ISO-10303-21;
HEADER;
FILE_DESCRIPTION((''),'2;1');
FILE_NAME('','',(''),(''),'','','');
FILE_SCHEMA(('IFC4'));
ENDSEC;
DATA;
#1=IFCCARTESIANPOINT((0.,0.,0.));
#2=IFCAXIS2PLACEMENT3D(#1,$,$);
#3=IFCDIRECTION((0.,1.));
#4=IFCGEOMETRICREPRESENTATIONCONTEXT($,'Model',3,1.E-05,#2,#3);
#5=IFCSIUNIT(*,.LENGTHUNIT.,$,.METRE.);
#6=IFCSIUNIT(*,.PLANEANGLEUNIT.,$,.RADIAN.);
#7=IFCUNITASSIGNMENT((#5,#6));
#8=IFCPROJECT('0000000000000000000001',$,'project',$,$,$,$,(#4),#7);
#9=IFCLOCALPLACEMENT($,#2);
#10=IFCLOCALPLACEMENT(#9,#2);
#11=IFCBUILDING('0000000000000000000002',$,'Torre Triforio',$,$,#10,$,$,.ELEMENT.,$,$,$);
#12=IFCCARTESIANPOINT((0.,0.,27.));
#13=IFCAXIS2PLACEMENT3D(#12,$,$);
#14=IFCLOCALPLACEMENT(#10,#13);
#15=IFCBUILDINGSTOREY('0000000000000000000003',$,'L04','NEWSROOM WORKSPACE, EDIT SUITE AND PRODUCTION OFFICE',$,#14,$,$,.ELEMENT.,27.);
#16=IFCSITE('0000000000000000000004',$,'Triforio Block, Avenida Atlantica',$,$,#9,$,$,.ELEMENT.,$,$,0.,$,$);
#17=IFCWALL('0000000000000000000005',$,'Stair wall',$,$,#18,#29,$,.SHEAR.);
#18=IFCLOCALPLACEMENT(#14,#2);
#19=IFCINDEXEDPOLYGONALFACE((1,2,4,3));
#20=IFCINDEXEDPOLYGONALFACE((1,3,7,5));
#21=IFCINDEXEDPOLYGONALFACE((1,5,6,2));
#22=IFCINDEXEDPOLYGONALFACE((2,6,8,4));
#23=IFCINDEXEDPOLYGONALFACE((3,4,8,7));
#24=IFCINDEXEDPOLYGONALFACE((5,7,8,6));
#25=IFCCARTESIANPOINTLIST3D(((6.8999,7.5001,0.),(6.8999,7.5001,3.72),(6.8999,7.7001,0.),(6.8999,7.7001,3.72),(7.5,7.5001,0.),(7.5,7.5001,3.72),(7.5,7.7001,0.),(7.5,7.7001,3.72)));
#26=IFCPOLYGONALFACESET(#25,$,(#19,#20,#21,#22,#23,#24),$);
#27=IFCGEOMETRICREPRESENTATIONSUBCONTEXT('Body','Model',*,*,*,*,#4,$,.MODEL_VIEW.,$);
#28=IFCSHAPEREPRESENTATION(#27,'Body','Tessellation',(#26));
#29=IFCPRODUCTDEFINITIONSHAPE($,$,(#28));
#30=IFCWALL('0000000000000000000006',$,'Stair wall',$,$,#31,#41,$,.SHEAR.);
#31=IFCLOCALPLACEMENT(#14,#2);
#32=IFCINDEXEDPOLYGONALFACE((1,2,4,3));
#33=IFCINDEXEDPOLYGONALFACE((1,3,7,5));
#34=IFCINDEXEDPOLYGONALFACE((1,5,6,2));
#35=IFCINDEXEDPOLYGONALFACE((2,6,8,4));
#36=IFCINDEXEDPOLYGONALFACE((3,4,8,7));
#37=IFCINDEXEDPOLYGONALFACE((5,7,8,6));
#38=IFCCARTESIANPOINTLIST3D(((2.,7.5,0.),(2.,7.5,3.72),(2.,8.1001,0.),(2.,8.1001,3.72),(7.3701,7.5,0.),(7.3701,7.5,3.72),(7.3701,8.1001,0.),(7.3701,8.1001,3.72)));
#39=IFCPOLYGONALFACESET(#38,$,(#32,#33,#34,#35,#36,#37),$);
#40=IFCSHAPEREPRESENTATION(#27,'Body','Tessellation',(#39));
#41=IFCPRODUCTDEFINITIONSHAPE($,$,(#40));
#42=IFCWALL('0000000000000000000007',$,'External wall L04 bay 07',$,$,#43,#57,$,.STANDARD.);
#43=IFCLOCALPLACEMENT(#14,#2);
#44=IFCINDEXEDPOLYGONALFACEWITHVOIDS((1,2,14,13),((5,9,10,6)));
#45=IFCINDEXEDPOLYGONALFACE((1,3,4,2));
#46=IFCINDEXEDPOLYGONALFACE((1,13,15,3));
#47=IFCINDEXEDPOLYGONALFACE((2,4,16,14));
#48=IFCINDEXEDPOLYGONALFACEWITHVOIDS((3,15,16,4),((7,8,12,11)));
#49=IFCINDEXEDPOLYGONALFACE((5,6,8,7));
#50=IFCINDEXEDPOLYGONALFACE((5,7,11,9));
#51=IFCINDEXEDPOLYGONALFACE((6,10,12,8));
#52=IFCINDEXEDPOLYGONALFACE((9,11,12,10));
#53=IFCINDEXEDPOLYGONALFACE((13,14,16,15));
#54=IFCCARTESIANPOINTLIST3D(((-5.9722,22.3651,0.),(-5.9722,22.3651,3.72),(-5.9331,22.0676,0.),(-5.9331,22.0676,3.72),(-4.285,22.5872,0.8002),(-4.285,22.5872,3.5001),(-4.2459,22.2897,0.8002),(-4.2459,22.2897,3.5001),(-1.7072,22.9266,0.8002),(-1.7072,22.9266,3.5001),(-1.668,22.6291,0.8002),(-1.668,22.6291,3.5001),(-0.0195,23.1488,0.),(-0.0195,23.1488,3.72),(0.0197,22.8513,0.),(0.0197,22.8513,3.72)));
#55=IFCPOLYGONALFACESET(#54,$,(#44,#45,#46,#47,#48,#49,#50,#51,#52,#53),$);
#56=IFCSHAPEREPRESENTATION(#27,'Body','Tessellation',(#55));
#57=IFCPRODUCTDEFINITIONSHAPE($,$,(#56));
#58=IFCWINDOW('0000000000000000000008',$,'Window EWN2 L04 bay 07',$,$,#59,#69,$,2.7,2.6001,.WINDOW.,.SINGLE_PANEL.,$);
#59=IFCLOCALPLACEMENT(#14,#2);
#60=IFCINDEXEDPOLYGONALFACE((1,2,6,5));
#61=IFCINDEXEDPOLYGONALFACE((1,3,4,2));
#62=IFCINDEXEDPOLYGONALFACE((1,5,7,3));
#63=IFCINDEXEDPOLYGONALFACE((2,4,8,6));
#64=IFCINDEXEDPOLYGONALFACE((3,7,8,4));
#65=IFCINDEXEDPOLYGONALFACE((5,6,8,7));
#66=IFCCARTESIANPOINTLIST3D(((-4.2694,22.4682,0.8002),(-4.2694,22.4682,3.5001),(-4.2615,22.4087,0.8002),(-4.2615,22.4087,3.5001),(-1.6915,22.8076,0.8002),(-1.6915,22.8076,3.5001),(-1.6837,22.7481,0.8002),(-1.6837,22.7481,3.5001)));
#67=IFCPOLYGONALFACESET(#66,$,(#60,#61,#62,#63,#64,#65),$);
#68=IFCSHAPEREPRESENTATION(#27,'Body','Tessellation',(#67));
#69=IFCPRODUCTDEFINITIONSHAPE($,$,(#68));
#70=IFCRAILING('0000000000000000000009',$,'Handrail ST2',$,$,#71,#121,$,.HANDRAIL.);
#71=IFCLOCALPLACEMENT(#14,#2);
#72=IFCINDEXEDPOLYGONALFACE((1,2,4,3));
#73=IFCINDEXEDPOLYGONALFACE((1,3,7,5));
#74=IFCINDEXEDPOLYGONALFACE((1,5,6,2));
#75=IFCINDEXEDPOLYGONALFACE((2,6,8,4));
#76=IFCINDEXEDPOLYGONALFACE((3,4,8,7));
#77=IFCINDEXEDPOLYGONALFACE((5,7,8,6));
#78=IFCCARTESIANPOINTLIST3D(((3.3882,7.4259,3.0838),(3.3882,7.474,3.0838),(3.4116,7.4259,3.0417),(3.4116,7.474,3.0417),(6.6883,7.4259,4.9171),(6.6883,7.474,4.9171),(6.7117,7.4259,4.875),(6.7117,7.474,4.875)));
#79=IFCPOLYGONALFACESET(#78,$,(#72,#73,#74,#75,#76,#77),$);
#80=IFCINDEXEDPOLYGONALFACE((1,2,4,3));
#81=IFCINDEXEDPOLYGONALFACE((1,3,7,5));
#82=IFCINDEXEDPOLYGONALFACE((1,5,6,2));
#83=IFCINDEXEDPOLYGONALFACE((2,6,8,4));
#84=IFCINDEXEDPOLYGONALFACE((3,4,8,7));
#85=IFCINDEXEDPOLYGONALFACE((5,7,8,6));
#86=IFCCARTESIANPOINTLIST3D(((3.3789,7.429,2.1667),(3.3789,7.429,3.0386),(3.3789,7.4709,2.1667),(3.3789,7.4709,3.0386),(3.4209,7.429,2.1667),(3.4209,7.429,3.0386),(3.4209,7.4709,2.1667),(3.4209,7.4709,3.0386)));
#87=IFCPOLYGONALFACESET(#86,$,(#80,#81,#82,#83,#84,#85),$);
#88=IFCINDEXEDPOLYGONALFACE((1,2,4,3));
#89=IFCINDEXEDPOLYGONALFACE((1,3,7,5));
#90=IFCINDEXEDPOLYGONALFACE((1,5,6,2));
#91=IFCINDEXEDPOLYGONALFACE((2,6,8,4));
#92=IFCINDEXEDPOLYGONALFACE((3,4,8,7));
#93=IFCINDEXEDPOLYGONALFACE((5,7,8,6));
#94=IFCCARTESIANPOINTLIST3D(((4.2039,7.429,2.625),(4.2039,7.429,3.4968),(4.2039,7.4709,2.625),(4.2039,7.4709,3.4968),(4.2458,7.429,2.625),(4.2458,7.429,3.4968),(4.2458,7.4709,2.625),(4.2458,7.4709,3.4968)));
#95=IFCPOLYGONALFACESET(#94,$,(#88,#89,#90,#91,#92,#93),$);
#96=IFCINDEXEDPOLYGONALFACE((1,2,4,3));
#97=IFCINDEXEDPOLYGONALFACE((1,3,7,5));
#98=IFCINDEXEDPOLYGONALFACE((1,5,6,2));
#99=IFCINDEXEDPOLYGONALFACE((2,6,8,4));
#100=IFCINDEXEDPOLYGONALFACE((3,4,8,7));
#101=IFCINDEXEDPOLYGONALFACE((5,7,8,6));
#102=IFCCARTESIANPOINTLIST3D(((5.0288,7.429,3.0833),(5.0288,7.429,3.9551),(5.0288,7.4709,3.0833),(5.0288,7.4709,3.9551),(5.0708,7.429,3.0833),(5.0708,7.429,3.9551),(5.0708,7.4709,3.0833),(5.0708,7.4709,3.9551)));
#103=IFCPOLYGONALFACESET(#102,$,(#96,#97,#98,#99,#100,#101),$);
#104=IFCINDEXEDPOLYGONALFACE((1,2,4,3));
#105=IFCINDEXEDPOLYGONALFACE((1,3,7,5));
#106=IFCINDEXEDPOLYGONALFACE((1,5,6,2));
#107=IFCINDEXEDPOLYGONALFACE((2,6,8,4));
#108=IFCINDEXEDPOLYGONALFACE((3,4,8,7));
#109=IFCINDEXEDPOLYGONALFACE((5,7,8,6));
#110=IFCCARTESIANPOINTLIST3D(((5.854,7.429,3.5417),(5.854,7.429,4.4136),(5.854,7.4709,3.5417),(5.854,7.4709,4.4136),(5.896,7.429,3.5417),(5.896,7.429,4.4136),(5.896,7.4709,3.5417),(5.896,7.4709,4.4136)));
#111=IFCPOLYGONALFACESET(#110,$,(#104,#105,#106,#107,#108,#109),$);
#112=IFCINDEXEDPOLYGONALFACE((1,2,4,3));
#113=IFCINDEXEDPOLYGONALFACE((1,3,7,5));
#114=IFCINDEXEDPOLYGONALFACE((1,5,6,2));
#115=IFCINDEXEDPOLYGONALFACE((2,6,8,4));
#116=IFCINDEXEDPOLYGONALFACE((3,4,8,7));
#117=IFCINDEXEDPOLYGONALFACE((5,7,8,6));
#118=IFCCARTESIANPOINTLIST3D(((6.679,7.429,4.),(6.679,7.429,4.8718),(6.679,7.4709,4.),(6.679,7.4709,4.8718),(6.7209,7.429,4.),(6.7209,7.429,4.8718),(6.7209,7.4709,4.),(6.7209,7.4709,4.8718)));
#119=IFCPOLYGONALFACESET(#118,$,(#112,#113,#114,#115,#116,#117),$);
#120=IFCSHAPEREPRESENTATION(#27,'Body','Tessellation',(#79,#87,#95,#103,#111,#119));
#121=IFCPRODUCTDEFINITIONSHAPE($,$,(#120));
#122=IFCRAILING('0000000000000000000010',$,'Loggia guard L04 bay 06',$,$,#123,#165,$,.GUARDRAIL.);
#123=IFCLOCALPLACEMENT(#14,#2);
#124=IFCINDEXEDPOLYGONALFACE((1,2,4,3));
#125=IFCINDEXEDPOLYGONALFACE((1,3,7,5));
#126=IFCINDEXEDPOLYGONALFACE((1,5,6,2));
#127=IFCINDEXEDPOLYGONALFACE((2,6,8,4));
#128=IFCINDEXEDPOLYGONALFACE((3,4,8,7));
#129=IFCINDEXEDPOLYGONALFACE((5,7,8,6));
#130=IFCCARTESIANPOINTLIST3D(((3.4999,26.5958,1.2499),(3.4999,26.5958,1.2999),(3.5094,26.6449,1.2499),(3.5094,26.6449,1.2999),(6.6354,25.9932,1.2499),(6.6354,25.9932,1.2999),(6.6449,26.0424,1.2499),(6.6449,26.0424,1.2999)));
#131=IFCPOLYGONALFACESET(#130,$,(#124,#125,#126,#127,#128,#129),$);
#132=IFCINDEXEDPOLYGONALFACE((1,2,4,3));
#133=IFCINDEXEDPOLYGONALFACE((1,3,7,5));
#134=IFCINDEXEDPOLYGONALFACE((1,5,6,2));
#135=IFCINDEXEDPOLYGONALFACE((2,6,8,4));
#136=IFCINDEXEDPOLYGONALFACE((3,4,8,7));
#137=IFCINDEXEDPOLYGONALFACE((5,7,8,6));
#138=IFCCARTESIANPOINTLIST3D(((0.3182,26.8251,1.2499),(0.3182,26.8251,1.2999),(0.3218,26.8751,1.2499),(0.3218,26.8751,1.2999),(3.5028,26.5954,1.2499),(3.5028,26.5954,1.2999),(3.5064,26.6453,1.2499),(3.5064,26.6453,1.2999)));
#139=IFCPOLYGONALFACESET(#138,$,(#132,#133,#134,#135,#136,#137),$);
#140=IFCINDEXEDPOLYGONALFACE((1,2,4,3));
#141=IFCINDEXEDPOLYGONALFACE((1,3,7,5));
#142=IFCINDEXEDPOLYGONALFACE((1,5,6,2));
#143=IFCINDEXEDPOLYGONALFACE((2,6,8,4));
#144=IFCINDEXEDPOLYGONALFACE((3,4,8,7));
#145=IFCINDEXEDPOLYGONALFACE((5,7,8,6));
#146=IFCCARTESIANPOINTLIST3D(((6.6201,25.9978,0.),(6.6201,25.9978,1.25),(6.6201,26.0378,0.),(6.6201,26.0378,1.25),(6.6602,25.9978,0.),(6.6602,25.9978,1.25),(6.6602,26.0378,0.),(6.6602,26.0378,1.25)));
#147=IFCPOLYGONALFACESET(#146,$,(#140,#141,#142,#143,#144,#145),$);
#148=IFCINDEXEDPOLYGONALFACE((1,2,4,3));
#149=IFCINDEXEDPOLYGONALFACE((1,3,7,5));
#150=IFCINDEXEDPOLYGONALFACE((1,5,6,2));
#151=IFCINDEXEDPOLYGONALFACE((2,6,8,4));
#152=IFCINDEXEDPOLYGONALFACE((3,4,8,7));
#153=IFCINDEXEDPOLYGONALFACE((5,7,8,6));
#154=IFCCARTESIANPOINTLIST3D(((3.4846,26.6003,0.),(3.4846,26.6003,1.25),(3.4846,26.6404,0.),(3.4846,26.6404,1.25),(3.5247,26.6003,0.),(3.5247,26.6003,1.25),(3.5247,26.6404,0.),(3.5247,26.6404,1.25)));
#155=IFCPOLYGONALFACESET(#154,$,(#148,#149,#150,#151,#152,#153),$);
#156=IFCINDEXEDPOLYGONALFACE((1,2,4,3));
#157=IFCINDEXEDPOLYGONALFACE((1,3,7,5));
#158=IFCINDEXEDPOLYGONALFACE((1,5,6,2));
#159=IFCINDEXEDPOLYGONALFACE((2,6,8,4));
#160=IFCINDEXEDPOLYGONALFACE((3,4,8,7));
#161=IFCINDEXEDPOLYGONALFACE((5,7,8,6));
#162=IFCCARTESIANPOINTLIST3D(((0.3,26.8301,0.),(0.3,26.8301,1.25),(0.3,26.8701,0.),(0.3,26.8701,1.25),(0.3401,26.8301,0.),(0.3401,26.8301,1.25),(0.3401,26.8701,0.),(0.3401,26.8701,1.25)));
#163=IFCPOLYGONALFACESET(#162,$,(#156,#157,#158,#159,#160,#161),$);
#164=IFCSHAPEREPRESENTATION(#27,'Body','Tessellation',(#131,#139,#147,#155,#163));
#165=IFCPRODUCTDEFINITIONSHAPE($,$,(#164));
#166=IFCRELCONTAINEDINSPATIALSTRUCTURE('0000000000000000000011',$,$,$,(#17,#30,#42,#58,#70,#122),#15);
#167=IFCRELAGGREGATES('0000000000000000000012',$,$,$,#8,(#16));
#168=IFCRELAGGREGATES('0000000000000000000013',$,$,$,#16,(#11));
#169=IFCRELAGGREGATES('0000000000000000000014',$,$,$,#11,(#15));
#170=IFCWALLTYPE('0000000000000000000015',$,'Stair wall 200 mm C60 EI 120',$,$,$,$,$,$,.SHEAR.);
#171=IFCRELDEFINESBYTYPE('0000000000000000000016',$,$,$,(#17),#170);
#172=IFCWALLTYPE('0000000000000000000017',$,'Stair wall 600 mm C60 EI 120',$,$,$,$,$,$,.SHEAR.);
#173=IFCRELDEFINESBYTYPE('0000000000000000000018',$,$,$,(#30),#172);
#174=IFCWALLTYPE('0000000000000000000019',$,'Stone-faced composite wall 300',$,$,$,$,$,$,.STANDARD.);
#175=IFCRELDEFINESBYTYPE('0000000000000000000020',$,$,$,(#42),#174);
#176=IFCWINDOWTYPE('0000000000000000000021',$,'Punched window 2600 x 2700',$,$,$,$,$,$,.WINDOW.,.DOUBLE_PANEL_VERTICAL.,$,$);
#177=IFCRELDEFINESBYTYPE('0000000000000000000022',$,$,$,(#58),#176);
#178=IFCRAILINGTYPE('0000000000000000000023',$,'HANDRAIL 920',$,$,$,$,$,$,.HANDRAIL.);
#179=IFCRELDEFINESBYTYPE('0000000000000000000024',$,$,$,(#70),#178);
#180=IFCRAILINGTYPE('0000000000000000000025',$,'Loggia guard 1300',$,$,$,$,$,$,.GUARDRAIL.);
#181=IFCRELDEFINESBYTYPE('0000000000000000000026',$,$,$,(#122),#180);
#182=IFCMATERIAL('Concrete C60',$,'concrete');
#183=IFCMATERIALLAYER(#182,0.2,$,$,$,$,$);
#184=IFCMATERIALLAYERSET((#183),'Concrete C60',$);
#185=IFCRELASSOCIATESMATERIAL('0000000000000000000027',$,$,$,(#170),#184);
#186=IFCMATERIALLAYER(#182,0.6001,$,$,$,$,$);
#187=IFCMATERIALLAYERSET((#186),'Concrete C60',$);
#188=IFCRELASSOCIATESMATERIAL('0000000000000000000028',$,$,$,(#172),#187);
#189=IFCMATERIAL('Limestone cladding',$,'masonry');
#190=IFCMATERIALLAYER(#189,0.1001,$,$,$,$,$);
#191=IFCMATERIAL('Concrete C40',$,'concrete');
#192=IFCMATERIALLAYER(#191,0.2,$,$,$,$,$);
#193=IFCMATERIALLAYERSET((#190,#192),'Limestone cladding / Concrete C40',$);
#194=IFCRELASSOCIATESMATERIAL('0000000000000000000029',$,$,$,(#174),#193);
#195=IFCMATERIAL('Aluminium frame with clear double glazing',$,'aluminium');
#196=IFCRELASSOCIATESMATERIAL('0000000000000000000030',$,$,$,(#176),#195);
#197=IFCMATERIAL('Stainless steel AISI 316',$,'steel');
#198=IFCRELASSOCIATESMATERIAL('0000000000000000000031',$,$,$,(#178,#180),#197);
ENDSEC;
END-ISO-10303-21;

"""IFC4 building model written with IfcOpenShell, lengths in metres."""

from ifc_helpers import new_model, si_unit, direction, frame, frame_2d, origin, origin_2d, place, context, subcontext, project, spatial, rectangle, extrude, material, layer, layer_set, type_object, element, fill, save


model = new_model("IFC4")

# Units and contexts
model_context = context("Model", 3, precision=1e-05, world=origin(), true_north=direction((0.0, 1.0)))
body_context = subcontext(model_context, "Body", "Model", "MODEL_VIEW")
ifc_project = project(units=[si_unit("LENGTHUNIT", "METRE"), si_unit("PLANEANGLEUNIT", "RADIAN")], contexts=[model_context])

# Site, building, storey
site_placement = place(None, origin())
site = spatial("IfcSite", under=ifc_project, at=site_placement, Name="Triforio Block, Avenida Atlantica", CompositionType="ELEMENT", RefElevation=0.0)
building_placement = place(site_placement, origin())
building = spatial("IfcBuilding", under=site, at=building_placement, Name="Torre Triforio", CompositionType="ELEMENT")
storey_placement = place(building_placement, frame((0.0, 0.0, 27.0)))
storey = spatial("IfcBuildingStorey", under=building, at=storey_placement, Name="L04", Description="NEWSROOM WORKSPACE, EDIT SUITE AND PRODUCTION OFFICE", CompositionType="ELEMENT", Elevation=27.0)

# Shared definitions
ifc_material_1 = material(Name="Concrete C60", Category="concrete")

# Walls
ifc_layer_1 = layer(ifc_material_1, 0.2)
ifc_layer_set_1 = layer_set([ifc_layer_1], Name="Concrete C60")
wall_type_1 = type_object("IfcWallType", Name="Stair wall 200 mm C60 EI 120", PredefinedType="SHEAR", material=ifc_layer_set_1)
wall_1_placement = place(storey_placement, frame((6.8999, 7.6001, 0.0), z_axis=(0.0, 0.0, 1.0), x_axis=(1.0, 0.0, 0.0)))
element("IfcWall", 1, at=wall_1_placement, inside=storey, type_object=wall_type_1, Name="Stair wall", PredefinedType="SHEAR", context=body_context, shape_type="SweptSolid", body=[
    extrude(rectangle(XDim=0.6001, YDim=0.2, at=frame_2d((0.3, 0.0))), origin(), (0.0, 0.0, 1.0), 3.72),
])
ifc_layer_2 = layer(ifc_material_1, 0.6001)
ifc_layer_set_2 = layer_set([ifc_layer_2], Name="Concrete C60")
wall_type_2 = type_object("IfcWallType", Name="Stair wall 600 mm C60 EI 120", PredefinedType="SHEAR", material=ifc_layer_set_2)
wall_2_placement = place(storey_placement, frame((2.0, 7.8, 0.0), z_axis=(0.0, 0.0, 1.0), x_axis=(1.0, 0.0, 0.0)))
element("IfcWall", 2, at=wall_2_placement, inside=storey, type_object=wall_type_2, Name="Stair wall", PredefinedType="SHEAR", context=body_context, shape_type="SweptSolid", body=[
    extrude(rectangle(XDim=5.3701, YDim=0.6001, at=frame_2d((2.6851, 0.0))), origin(), (0.0, 0.0, 1.0), 3.72),
])

# Shared definitions
ifc_material_2 = material(Name="Limestone cladding", Category="masonry")
ifc_layer_3 = layer(ifc_material_2, 0.1001)
ifc_material_3 = material(Name="Concrete C40", Category="concrete")
ifc_layer_4 = layer(ifc_material_3, 0.2)
ifc_layer_set_3 = layer_set([ifc_layer_3, ifc_layer_4], Name="Limestone cladding / Concrete C40")
wall_type_3 = type_object("IfcWallType", Name="Stone-faced composite wall 300", PredefinedType="STANDARD", material=ifc_layer_set_3)
ifc_material_4 = material(Name="Aluminium frame with clear double glazing", Category="aluminium")

# Wall, opening, window
wall_3_placement = place(storey_placement, frame((0.0, 23.0, 0.0), z_axis=(0.0, 0.0, 1.0), x_axis=(-0.991445, -0.130523, 0.0)))
wall_3 = element("IfcWall", 3, at=wall_3_placement, inside=storey, type_object=wall_type_3, Name="External wall L04 bay 07", PredefinedType="STANDARD", context=body_context, shape_type="SweptSolid", body=[
    extrude(rectangle(XDim=6.0042, YDim=0.3, at=frame_2d((3.002, 0.0))), origin(), (0.0, 0.0, 1.0), 3.72),
])
opening_1_placement = place(wall_3_placement, frame((1.7021, 0.0, 0.8)))
opening_1 = element("IfcOpeningElement", 4, at=opening_1_placement, cuts=wall_3, PredefinedType="OPENING", context=body_context, shape_type="SweptSolid", body=[
    extrude(rectangle(XDim=2.6001, YDim=2.7, at=frame_2d((1.3, 1.3501))), frame((0.0, 0.1599, 0.0), z_axis=(0.0, -1.0, 0.0), x_axis=(1.0, 0.0, 0.0)), (0.0, 0.0, 1.0), 0.3201),
])
window_type_1 = type_object("IfcWindowType", Name="Punched window 2600 x 2700", PartitioningType="DOUBLE_PANEL_VERTICAL", PredefinedType="WINDOW", material=ifc_material_4)
window_1_placement = place(opening_1_placement, origin())
window_1 = element("IfcWindow", 5, at=window_1_placement, inside=storey, type_object=window_type_1, Name="Window EWN2 L04 bay 07", OverallHeight=2.7, OverallWidth=2.6001, PartitioningType="SINGLE_PANEL", PredefinedType="WINDOW", context=body_context, shape_type="SweptSolid", body=[
    extrude(rectangle(XDim=2.6001, YDim=2.7, at=frame_2d((1.3, 1.3501))), frame((0.0, 0.03, 0.0), z_axis=(0.0, -1.0, 0.0), x_axis=(1.0, 0.0, 0.0)), (0.0, 0.0, 1.0), 0.0601),
])
fill(opening_1, window_1)

# Railings
ifc_material_5 = material(Name="Stainless steel AISI 316", Category="steel")
railing_type_1 = type_object("IfcRailingType", Name="HANDRAIL 920", PredefinedType="HANDRAIL", material=ifc_material_5)
railing_1_placement = place(storey_placement, frame((3.3999, 7.45, 2.1667)))
element("IfcRailing", 6, at=railing_1_placement, inside=storey, type_object=railing_type_1, Name="Handrail ST2", PredefinedType="HANDRAIL", context=body_context, shape_type="SweptSolid", body=[
    extrude(rectangle(XDim=0.0481, YDim=0.0481, at=origin_2d()), frame((0.0, 0.0, 0.896), z_axis=(0.874169, 0.0, 0.485621), x_axis=(0.0, 1.0, 0.0)), (0.0, 0.0, 1.0), 3.7751),
    extrude(rectangle(XDim=0.042, YDim=0.042, at=origin_2d()), origin(), (0.0, 0.0, 1.0), 0.8718),
    extrude(rectangle(XDim=0.042, YDim=0.042, at=origin_2d()), frame((0.825, 0.0, 0.4583)), (0.0, 0.0, 1.0), 0.8718),
    extrude(rectangle(XDim=0.042, YDim=0.042, at=origin_2d()), frame((1.6499, 0.0, 0.9165)), (0.0, 0.0, 1.0), 0.8718),
    extrude(rectangle(XDim=0.042, YDim=0.042, at=origin_2d()), frame((2.4751, 0.0, 1.375)), (0.0, 0.0, 1.0), 0.8718),
    extrude(rectangle(XDim=0.042, YDim=0.042, at=origin_2d()), frame((3.3, 0.0, 1.8333)), (0.0, 0.0, 1.0), 0.8718),
])
railing_type_2 = type_object("IfcRailingType", Name="Loggia guard 1300", PredefinedType="GUARDRAIL", material=ifc_material_5)
railing_2_placement = place(storey_placement, frame((6.6401, 26.0178, 0.0)))
element("IfcRailing", 7, at=railing_2_placement, inside=storey, type_object=railing_type_2, Name="Loggia guard L04 bay 06", PredefinedType="GUARDRAIL", context=body_context, shape_type="SweptSolid", body=[
    extrude(rectangle(XDim=0.05, YDim=0.05, at=origin_2d()), frame((0.0, 0.0, 1.2749), z_axis=(-0.982032, 0.188714, 0.0), x_axis=(-0.188714, -0.982032, 0.0)), (0.0, 0.0, 1.0), 3.1929),
    extrude(rectangle(XDim=0.05, YDim=0.05, at=origin_2d()), frame((-3.1355, 0.6025, 1.2749), z_axis=(-0.997408, 0.071953, 0.0), x_axis=(-0.071953, -0.997408, 0.0)), (0.0, 0.0, 1.0), 3.1929),
    extrude(rectangle(XDim=0.04, YDim=0.04, at=origin_2d()), origin(), (0.0, 0.0, 1.0), 1.25),
    extrude(rectangle(XDim=0.04, YDim=0.04, at=origin_2d()), frame((-3.1355, 0.6025, 0.0)), (0.0, 0.0, 1.0), 1.25),
    extrude(rectangle(XDim=0.04, YDim=0.04, at=origin_2d()), frame((-6.3201, 0.8323, 0.0)), (0.0, 0.0, 1.0), 1.25),
])

save(model, "model.ifc")
